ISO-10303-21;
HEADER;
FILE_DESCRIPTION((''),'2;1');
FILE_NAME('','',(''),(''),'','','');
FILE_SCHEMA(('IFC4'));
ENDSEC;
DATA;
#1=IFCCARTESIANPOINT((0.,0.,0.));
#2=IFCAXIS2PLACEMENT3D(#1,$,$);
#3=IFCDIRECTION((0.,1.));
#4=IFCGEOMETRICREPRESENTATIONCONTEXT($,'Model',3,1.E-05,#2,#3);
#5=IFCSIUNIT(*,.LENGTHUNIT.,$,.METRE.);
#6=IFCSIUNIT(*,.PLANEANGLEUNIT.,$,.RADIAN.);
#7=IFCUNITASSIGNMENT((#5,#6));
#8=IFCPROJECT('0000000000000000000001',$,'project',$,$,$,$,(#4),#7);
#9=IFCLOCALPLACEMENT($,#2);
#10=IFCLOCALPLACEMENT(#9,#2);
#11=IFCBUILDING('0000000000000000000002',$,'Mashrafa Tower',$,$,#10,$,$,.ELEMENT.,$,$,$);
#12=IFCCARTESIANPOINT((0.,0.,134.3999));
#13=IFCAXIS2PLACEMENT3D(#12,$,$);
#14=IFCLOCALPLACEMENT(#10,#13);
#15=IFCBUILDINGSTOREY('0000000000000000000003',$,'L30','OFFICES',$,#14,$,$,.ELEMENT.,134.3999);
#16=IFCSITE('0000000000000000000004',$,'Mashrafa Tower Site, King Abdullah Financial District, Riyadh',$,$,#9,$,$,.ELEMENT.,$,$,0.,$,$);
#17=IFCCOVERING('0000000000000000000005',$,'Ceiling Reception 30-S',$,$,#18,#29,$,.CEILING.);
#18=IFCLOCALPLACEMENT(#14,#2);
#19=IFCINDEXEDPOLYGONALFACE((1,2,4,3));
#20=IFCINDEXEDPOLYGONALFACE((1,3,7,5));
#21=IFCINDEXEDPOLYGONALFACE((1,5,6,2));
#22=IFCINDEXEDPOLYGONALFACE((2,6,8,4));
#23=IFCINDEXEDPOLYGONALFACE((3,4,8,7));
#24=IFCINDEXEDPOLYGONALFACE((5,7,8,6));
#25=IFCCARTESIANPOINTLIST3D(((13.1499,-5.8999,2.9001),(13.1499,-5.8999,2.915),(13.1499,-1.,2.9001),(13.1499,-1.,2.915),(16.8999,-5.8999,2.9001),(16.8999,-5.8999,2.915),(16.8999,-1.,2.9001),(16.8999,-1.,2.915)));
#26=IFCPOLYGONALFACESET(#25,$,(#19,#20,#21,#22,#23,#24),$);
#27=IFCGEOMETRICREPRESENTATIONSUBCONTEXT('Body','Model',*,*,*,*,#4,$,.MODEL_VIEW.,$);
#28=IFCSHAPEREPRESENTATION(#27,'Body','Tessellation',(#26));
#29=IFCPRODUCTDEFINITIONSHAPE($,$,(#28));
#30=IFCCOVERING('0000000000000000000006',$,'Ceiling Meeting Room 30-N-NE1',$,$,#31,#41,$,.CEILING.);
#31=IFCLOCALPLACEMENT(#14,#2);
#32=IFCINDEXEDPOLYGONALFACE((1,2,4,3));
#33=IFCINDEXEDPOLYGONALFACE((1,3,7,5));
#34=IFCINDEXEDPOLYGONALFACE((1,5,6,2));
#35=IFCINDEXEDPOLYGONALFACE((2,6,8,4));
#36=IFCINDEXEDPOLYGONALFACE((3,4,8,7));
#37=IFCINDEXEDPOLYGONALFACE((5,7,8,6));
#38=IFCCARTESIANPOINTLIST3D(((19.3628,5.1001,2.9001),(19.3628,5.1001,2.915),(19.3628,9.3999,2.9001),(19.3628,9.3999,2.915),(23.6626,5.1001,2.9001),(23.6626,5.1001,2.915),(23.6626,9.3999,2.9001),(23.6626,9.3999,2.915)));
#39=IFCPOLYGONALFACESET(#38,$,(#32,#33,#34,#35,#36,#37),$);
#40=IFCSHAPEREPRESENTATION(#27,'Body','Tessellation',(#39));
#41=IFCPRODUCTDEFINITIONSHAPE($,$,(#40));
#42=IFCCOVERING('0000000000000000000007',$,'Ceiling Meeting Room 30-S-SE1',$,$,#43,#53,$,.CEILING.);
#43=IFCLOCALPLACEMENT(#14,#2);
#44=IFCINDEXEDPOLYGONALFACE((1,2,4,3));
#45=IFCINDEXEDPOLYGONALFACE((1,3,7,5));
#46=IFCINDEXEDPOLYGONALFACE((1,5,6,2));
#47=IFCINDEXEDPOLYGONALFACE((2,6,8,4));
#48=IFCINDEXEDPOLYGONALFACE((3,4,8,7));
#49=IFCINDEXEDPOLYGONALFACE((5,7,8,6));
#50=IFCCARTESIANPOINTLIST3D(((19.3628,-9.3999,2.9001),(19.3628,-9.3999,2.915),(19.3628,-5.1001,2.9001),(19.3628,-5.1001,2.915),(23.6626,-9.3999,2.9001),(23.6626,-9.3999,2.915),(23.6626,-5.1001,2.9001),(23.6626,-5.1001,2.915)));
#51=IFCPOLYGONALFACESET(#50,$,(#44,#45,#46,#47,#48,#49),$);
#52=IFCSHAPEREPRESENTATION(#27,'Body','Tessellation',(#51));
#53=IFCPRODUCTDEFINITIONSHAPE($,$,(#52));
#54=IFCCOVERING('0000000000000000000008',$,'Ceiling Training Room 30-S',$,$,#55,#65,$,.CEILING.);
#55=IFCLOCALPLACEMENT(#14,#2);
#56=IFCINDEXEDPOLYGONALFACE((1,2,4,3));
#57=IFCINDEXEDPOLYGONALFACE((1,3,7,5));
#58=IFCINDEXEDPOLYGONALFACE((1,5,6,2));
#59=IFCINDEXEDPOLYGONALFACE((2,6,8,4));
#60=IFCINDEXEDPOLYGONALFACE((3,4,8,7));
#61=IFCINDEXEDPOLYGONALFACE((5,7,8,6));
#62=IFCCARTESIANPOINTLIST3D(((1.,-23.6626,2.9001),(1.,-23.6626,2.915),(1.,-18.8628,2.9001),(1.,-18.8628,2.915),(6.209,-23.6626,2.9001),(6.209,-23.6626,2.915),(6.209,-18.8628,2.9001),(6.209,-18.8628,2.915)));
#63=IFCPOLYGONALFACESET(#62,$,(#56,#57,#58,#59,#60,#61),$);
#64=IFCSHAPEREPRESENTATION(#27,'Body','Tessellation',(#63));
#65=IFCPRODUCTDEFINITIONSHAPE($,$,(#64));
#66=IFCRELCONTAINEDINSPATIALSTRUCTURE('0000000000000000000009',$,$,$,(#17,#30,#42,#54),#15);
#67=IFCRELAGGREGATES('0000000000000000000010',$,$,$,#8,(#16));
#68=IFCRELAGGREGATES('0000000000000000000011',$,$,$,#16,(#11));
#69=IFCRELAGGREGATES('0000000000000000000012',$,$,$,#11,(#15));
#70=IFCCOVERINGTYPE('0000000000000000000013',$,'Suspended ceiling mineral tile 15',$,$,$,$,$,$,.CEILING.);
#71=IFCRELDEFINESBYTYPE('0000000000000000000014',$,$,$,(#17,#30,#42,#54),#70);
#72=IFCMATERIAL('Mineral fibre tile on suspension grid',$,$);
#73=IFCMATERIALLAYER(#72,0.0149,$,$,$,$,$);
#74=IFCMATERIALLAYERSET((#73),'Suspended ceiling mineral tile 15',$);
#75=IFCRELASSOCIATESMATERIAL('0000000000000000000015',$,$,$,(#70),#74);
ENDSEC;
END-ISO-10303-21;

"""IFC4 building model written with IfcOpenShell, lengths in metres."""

from ifc_helpers import new_model, si_unit, direction, frame, origin, place, context, subcontext, project, spatial, polyline, outline, extrude, material, layer, layer_set, type_object, element, save


model = new_model("IFC4")

# Units and contexts
model_context = context("Model", 3, precision=1e-05, world=origin(), true_north=direction((0.0, 1.0)))
body_context = subcontext(model_context, "Body", "Model", "MODEL_VIEW")
ifc_project = project(units=[si_unit("LENGTHUNIT", "METRE"), si_unit("PLANEANGLEUNIT", "RADIAN")], contexts=[model_context])

# Site, building, storey
site_placement = place(None, origin())
site = spatial("IfcSite", under=ifc_project, at=site_placement, Name="Mashrafa Tower Site, King Abdullah Financial District, Riyadh", CompositionType="ELEMENT", RefElevation=0.0)
building_placement = place(site_placement, origin())
building = spatial("IfcBuilding", under=site, at=building_placement, Name="Mashrafa Tower", CompositionType="ELEMENT")
storey_placement = place(building_placement, frame((0.0, 0.0, 134.3999)))
storey = spatial("IfcBuildingStorey", under=building, at=storey_placement, Name="L30", Description="OFFICES", CompositionType="ELEMENT", Elevation=134.3999)

# Coverings
ifc_material_1 = material(Name="Mineral fibre tile on suspension grid")
ifc_layer_1 = layer(ifc_material_1, 0.0149)
ifc_layer_set_1 = layer_set([ifc_layer_1], Name="Suspended ceiling mineral tile 15")
covering_type_1 = type_object("IfcCoveringType", Name="Suspended ceiling mineral tile 15", PredefinedType="CEILING", material=ifc_layer_set_1)
covering_1_placement = place(storey_placement, frame((0.0, 0.0, 2.9001)))
element("IfcCovering", 1, at=covering_1_placement, inside=storey, type_object=covering_type_1, Name="Ceiling Reception 30-S", PredefinedType="CEILING", context=body_context, shape_type="SweptSolid", body=[
    extrude(outline(polyline([(13.1499, -1.0), (16.8999, -1.0), (16.8999, -5.8999), (13.1499, -5.8999), (13.1499, -1.0)])), origin(), (0.0, 0.0, 1.0), 0.0149),
])
covering_2_placement = place(storey_placement, frame((0.0, 0.0, 2.9001)))
element("IfcCovering", 2, at=covering_2_placement, inside=storey, type_object=covering_type_1, Name="Ceiling Meeting Room 30-N-NE1", PredefinedType="CEILING", context=body_context, shape_type="SweptSolid", body=[
    extrude(outline(polyline([(19.3628, 9.3999), (23.6626, 9.3999), (23.6626, 5.1001), (19.3628, 5.1001), (19.3628, 9.3999)])), origin(), (0.0, 0.0, 1.0), 0.0149),
])
covering_3_placement = place(storey_placement, frame((0.0, 0.0, 2.9001)))
element("IfcCovering", 3, at=covering_3_placement, inside=storey, type_object=covering_type_1, Name="Ceiling Meeting Room 30-S-SE1", PredefinedType="CEILING", context=body_context, shape_type="SweptSolid", body=[
    extrude(outline(polyline([(19.3628, -5.1001), (23.6626, -5.1001), (23.6626, -9.3999), (19.3628, -9.3999), (19.3628, -5.1001)])), origin(), (0.0, 0.0, 1.0), 0.0149),
])
covering_4_placement = place(storey_placement, frame((0.0, 0.0, 2.9001)))
element("IfcCovering", 4, at=covering_4_placement, inside=storey, type_object=covering_type_1, Name="Ceiling Training Room 30-S", PredefinedType="CEILING", context=body_context, shape_type="SweptSolid", body=[
    extrude(outline(polyline([(1.0, -18.8628), (6.209, -18.8628), (6.209, -23.6626), (1.0, -23.6626), (1.0, -18.8628)])), origin(), (0.0, 0.0, 1.0), 0.0149),
])

save(model, "model.ifc")
